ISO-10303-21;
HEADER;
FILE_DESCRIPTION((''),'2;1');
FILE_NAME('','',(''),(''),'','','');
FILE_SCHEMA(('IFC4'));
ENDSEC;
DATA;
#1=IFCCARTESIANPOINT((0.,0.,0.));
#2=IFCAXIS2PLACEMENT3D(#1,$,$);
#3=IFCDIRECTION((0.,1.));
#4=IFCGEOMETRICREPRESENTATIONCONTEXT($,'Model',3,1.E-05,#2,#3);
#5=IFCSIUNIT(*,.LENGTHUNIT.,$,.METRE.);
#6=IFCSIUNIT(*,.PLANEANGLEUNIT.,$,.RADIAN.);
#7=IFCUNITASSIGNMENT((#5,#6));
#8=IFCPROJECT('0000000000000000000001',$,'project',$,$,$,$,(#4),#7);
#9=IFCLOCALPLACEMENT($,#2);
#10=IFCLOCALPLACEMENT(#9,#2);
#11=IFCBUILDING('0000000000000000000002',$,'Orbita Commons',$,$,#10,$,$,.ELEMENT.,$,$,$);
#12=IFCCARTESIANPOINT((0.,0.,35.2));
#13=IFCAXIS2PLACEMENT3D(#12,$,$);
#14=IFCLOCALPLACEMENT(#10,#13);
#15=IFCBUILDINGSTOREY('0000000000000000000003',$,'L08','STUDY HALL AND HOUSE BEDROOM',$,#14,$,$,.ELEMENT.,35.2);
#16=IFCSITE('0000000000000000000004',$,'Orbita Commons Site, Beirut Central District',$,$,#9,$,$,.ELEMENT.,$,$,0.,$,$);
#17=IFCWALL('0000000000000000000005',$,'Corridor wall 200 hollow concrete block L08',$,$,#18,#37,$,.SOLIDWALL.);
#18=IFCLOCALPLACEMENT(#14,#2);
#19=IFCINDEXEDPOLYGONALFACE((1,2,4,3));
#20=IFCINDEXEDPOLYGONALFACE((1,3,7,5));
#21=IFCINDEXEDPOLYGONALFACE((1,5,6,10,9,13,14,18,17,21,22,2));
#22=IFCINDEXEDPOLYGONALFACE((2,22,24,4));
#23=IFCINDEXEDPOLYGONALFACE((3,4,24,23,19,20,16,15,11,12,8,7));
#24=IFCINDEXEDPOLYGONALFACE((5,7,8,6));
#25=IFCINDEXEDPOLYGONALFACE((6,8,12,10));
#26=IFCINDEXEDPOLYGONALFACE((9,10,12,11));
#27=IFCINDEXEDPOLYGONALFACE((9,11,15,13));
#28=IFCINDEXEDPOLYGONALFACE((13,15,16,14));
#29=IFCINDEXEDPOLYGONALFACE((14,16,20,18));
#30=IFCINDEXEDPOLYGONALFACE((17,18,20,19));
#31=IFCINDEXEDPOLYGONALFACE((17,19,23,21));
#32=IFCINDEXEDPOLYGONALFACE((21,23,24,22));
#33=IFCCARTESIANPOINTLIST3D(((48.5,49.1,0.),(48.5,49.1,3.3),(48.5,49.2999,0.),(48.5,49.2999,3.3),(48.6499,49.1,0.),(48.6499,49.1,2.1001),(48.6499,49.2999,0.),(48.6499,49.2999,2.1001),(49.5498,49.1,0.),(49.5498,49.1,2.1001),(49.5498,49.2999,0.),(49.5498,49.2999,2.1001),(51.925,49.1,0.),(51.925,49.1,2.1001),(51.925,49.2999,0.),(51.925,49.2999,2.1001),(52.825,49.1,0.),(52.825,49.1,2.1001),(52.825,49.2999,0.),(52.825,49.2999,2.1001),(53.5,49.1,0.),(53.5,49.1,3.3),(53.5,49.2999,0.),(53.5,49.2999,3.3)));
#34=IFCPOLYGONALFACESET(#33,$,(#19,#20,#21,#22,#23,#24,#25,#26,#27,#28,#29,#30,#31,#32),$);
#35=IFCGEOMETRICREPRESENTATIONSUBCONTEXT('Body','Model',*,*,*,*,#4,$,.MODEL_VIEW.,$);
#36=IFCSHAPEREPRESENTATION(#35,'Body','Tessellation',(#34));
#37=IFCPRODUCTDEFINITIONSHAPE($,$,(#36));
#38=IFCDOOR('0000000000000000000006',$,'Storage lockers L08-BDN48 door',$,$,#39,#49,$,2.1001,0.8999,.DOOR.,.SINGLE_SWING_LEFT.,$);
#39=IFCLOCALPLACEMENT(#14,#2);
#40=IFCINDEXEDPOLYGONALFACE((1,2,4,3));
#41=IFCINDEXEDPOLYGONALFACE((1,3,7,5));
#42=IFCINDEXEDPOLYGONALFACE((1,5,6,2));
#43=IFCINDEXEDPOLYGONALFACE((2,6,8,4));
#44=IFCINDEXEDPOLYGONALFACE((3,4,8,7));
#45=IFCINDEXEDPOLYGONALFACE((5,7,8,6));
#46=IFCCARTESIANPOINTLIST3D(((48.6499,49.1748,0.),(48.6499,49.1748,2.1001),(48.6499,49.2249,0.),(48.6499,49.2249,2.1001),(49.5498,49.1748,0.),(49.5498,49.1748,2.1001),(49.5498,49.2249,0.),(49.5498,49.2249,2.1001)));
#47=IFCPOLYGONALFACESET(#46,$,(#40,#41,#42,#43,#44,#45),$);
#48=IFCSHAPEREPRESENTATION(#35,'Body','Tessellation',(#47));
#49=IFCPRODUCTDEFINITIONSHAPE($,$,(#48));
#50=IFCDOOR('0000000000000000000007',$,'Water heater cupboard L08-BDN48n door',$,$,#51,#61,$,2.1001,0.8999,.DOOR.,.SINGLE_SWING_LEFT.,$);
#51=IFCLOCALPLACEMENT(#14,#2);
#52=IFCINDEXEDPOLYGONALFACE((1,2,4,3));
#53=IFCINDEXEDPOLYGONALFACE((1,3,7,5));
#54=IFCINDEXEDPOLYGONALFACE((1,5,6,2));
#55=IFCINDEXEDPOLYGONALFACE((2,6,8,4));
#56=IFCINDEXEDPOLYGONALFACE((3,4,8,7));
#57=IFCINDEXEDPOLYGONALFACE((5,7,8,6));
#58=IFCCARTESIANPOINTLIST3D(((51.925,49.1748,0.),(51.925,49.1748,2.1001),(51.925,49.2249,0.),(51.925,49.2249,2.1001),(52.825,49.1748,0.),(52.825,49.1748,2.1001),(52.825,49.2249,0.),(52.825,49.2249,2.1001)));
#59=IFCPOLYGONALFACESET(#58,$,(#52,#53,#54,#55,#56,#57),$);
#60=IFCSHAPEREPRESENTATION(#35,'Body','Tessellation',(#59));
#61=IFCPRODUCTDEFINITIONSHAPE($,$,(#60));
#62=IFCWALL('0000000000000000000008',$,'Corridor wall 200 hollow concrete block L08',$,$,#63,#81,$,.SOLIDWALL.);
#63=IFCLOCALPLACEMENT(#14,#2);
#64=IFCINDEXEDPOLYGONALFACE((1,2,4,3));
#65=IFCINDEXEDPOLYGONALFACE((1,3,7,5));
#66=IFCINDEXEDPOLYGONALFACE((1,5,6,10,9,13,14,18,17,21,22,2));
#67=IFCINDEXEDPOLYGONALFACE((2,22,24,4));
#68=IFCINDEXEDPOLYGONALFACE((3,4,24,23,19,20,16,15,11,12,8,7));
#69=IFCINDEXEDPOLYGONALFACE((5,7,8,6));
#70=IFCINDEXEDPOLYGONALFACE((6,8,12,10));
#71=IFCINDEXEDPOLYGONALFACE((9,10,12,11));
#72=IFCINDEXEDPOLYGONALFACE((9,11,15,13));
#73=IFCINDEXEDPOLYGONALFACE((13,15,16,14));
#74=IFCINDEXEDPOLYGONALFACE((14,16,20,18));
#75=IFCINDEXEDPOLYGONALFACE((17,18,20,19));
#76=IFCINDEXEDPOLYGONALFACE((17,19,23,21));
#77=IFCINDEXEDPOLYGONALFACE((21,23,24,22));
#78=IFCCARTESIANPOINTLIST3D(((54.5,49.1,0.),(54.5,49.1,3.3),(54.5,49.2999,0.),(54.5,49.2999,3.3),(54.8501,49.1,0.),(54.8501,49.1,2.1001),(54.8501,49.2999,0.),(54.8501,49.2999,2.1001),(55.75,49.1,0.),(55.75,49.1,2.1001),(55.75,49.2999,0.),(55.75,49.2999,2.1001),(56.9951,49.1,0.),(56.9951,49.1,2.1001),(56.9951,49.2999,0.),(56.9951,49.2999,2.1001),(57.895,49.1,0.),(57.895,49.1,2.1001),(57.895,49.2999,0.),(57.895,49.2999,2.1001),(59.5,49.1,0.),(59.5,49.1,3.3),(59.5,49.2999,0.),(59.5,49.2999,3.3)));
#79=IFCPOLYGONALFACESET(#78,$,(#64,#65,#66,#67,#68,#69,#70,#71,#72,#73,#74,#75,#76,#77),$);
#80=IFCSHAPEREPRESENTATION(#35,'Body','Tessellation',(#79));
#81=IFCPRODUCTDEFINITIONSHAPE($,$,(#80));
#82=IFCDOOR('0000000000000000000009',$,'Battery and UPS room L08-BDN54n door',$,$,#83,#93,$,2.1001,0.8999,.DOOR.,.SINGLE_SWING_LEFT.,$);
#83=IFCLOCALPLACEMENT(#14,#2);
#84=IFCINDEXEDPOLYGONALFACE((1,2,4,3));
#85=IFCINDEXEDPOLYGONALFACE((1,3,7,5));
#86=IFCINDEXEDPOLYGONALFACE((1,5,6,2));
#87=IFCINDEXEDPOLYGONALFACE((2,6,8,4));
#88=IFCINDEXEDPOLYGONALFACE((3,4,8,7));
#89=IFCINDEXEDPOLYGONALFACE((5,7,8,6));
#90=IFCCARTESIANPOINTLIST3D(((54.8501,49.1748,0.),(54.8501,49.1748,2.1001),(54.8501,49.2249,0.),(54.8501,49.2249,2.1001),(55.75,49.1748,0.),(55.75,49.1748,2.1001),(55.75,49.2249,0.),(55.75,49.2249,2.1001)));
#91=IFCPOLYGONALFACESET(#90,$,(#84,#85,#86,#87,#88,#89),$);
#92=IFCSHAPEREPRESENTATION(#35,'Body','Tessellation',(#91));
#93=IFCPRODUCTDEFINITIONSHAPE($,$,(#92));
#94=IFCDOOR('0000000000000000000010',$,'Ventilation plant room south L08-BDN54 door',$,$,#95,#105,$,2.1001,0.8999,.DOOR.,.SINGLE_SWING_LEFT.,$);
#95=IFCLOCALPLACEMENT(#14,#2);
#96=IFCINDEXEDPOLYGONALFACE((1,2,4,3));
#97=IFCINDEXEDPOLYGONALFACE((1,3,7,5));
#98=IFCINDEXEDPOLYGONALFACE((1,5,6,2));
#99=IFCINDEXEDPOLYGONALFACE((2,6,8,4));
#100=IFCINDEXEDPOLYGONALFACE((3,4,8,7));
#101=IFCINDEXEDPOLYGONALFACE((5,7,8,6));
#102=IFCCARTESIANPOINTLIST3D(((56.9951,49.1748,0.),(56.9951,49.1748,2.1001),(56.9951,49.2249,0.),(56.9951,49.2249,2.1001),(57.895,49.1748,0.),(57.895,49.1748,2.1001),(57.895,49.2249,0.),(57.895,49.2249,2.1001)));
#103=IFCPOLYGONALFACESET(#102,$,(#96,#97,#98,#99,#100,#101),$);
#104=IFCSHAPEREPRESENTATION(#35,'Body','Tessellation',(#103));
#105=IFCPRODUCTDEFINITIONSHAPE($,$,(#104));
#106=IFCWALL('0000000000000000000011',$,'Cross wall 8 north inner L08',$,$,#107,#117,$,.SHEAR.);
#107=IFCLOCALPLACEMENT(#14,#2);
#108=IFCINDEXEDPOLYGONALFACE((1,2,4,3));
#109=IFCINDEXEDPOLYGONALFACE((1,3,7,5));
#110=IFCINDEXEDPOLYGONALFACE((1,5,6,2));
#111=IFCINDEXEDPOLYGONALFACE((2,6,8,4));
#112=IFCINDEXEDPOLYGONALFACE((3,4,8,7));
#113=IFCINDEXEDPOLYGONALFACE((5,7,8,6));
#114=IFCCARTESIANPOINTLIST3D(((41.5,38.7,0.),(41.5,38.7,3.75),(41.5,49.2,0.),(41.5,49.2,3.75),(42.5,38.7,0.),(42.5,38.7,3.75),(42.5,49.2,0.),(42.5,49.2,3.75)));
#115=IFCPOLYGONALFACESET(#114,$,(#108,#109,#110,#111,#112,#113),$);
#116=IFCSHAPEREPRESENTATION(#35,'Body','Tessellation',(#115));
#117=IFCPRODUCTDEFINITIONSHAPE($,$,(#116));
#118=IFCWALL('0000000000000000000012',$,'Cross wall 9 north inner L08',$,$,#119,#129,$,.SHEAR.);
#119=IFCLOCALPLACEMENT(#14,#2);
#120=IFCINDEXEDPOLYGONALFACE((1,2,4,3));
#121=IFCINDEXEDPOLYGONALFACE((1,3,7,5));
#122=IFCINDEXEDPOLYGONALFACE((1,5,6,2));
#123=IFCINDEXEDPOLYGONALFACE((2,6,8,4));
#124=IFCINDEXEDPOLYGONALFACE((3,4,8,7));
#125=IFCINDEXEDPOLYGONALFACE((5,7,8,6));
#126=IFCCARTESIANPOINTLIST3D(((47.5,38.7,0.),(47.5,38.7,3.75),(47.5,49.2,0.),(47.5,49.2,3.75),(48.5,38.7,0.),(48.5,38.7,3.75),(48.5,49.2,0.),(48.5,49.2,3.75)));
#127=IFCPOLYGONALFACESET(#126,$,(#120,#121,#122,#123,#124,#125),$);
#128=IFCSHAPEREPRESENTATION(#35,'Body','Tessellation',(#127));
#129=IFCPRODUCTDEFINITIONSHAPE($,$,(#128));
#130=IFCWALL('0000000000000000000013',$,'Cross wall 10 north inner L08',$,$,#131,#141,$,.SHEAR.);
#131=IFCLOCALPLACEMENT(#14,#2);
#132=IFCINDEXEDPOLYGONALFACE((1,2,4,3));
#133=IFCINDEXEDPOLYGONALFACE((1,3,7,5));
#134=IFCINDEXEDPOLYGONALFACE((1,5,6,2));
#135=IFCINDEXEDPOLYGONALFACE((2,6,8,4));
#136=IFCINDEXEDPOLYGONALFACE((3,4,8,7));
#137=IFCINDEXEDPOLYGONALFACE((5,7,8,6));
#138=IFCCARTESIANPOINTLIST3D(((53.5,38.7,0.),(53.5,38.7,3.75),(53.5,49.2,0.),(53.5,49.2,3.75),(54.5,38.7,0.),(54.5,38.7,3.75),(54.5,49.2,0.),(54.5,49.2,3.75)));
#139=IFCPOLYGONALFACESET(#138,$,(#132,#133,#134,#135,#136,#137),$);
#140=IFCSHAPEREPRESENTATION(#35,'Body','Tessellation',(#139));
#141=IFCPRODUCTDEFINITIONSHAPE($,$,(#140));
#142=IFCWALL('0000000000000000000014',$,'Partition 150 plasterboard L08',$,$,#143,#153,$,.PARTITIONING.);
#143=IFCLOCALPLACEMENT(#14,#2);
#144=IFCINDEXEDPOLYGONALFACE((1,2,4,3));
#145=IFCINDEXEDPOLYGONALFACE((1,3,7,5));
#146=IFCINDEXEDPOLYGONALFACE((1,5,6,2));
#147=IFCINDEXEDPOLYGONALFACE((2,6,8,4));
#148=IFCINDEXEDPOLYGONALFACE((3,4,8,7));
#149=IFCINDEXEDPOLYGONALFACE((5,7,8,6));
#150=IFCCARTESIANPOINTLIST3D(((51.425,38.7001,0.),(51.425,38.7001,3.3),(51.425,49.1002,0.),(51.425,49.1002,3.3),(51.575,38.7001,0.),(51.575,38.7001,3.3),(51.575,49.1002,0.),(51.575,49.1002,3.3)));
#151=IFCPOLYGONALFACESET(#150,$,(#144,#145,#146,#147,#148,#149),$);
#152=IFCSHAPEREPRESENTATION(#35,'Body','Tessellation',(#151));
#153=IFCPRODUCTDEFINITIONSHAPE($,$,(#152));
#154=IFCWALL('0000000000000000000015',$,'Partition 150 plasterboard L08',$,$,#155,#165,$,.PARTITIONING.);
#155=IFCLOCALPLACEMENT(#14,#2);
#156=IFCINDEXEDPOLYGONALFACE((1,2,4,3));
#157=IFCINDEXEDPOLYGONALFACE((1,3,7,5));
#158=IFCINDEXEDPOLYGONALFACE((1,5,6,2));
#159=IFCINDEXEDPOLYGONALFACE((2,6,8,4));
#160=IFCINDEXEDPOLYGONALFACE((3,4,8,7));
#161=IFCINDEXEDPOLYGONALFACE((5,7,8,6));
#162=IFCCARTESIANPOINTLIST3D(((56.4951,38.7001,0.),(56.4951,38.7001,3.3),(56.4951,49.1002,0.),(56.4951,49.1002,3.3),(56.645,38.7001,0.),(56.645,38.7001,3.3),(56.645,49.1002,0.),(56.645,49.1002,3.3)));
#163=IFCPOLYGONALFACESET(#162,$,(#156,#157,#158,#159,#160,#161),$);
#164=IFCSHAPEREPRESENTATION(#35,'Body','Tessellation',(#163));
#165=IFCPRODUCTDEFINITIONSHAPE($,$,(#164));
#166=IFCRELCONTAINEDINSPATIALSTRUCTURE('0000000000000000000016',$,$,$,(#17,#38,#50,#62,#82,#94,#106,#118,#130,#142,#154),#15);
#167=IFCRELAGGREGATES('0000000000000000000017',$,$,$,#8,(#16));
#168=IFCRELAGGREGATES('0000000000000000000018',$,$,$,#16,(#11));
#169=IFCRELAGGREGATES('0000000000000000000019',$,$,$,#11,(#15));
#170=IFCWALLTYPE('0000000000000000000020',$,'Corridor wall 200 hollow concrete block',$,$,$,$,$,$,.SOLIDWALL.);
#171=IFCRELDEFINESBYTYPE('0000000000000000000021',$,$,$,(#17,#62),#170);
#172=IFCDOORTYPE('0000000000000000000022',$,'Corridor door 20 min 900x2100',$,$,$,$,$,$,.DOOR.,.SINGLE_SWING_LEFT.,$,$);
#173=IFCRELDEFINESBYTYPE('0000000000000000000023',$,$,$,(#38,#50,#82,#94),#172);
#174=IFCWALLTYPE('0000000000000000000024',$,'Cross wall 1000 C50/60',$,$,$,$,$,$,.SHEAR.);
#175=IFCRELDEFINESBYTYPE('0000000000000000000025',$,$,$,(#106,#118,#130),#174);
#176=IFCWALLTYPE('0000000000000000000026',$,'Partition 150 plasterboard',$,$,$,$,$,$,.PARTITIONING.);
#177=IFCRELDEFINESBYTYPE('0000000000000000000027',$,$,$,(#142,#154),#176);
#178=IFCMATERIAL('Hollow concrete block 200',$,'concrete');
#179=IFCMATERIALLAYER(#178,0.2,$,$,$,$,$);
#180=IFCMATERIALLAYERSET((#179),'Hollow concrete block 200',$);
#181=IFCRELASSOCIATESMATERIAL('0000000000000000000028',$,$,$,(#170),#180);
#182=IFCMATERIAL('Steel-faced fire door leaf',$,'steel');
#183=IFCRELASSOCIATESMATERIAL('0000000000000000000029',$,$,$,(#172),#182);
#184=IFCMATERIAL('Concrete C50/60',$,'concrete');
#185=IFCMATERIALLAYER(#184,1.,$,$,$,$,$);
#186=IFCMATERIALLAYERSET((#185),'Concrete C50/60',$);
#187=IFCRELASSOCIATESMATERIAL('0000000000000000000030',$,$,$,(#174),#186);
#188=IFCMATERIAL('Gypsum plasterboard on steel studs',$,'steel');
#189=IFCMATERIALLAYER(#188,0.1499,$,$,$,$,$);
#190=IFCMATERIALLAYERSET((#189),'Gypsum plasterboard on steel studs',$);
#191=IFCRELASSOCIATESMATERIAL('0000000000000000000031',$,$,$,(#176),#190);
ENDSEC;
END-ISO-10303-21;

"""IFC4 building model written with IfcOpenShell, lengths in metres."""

from ifc_helpers import new_model, si_unit, direction, frame, frame_2d, origin, place, context, subcontext, project, spatial, rectangle, extrude, material, layer, layer_set, type_object, element, fill, save


model = new_model("IFC4")

# Units and contexts
model_context = context("Model", 3, precision=1e-05, world=origin(), true_north=direction((0.0, 1.0)))
body_context = subcontext(model_context, "Body", "Model", "MODEL_VIEW")
ifc_project = project(units=[si_unit("LENGTHUNIT", "METRE"), si_unit("PLANEANGLEUNIT", "RADIAN")], contexts=[model_context])

# Site, building, storey
site_placement = place(None, origin())
site = spatial("IfcSite", under=ifc_project, at=site_placement, Name="Orbita Commons Site, Beirut Central District", CompositionType="ELEMENT", RefElevation=0.0)
building_placement = place(site_placement, origin())
building = spatial("IfcBuilding", under=site, at=building_placement, Name="Orbita Commons", CompositionType="ELEMENT")
storey_placement = place(building_placement, frame((0.0, 0.0, 35.2)))
storey = spatial("IfcBuildingStorey", under=building, at=storey_placement, Name="L08", Description="STUDY HALL AND HOUSE BEDROOM", CompositionType="ELEMENT", Elevation=35.2)

# Shared definitions
ifc_material_1 = material(Name="Hollow concrete block 200", Category="concrete")
ifc_layer_1 = layer(ifc_material_1, 0.2)
ifc_layer_set_1 = layer_set([ifc_layer_1], Name="Hollow concrete block 200")
wall_type_1 = type_object("IfcWallType", Name="Corridor wall 200 hollow concrete block", PredefinedType="SOLIDWALL", material=ifc_layer_set_1)

# Walls, openings, doors
wall_1_placement = place(storey_placement, frame((48.5, 49.2, 0.0), z_axis=(0.0, 0.0, 1.0), x_axis=(1.0, 0.0, 0.0)))
wall_1 = element("IfcWall", 1, at=wall_1_placement, inside=storey, type_object=wall_type_1, Name="Corridor wall 200 hollow concrete block L08", PredefinedType="SOLIDWALL", context=body_context, shape_type="SweptSolid", body=[
    extrude(rectangle(XDim=5.0, YDim=0.2, at=frame_2d((2.5, 0.0))), origin(), (0.0, 0.0, 1.0), 3.3),
])
opening_1_placement = place(wall_1_placement, frame((0.1499, 0.0, 0.0)))
opening_1 = element("IfcOpeningElement", 2, at=opening_1_placement, cuts=wall_1, PredefinedType="OPENING", context=body_context, shape_type="SweptSolid", body=[
    extrude(rectangle(XDim=0.8999, YDim=2.1001, at=frame_2d((0.45, 1.05))), frame((0.0, 0.1099, 0.0), z_axis=(0.0, -1.0, 0.0), x_axis=(1.0, 0.0, 0.0)), (0.0, 0.0, 1.0), 0.22),
])
opening_2_placement = place(wall_1_placement, frame((3.425, 0.0, 0.0)))
opening_2 = element("IfcOpeningElement", 3, at=opening_2_placement, cuts=wall_1, PredefinedType="OPENING", context=body_context, shape_type="SweptSolid", body=[
    extrude(rectangle(XDim=0.8999, YDim=2.1001, at=frame_2d((0.45, 1.05))), frame((0.0, 0.1099, 0.0), z_axis=(0.0, -1.0, 0.0), x_axis=(1.0, 0.0, 0.0)), (0.0, 0.0, 1.0), 0.22),
])
ifc_material_2 = material(Name="Steel-faced fire door leaf", Category="steel")
door_type_1 = type_object("IfcDoorType", Name="Corridor door 20 min 900x2100", OperationType="SINGLE_SWING_LEFT", PredefinedType="DOOR", material=ifc_material_2)
door_1_placement = place(opening_1_placement, origin())
door_1 = element("IfcDoor", 4, at=door_1_placement, inside=storey, type_object=door_type_1, Name="Storage lockers L08-BDN48 door", OperationType="SINGLE_SWING_LEFT", OverallHeight=2.1001, OverallWidth=0.8999, PredefinedType="DOOR", context=body_context, shape_type="SweptSolid", body=[
    extrude(rectangle(XDim=0.8999, YDim=2.1001, at=frame_2d((0.45, 1.05))), frame((0.0, 0.0249, 0.0), z_axis=(0.0, -1.0, 0.0), x_axis=(1.0, 0.0, 0.0)), (0.0, 0.0, 1.0), 0.05),
])
fill(opening_1, door_1)
door_2_placement = place(opening_2_placement, origin())
door_2 = element("IfcDoor", 5, at=door_2_placement, inside=storey, type_object=door_type_1, Name="Water heater cupboard L08-BDN48n door", OperationType="SINGLE_SWING_LEFT", OverallHeight=2.1001, OverallWidth=0.8999, PredefinedType="DOOR", context=body_context, shape_type="SweptSolid", body=[
    extrude(rectangle(XDim=0.8999, YDim=2.1001, at=frame_2d((0.45, 1.05))), frame((0.0, 0.0249, 0.0), z_axis=(0.0, -1.0, 0.0), x_axis=(1.0, 0.0, 0.0)), (0.0, 0.0, 1.0), 0.05),
])
fill(opening_2, door_2)
wall_2_placement = place(storey_placement, frame((54.5, 49.2, 0.0), z_axis=(0.0, 0.0, 1.0), x_axis=(1.0, 0.0, 0.0)))
wall_2 = element("IfcWall", 6, at=wall_2_placement, inside=storey, type_object=wall_type_1, Name="Corridor wall 200 hollow concrete block L08", PredefinedType="SOLIDWALL", context=body_context, shape_type="SweptSolid", body=[
    extrude(rectangle(XDim=5.0, YDim=0.2, at=frame_2d((2.5, 0.0))), origin(), (0.0, 0.0, 1.0), 3.3),
])
opening_3_placement = place(wall_2_placement, frame((0.3501, 0.0, 0.0)))
opening_3 = element("IfcOpeningElement", 7, at=opening_3_placement, cuts=wall_2, PredefinedType="OPENING", context=body_context, shape_type="SweptSolid", body=[
    extrude(rectangle(XDim=0.8999, YDim=2.1001, at=frame_2d((0.45, 1.05))), frame((0.0, 0.1099, 0.0), z_axis=(0.0, -1.0, 0.0), x_axis=(1.0, 0.0, 0.0)), (0.0, 0.0, 1.0), 0.22),
])
opening_4_placement = place(wall_2_placement, frame((2.4951, 0.0, 0.0)))
opening_4 = element("IfcOpeningElement", 8, at=opening_4_placement, cuts=wall_2, PredefinedType="OPENING", context=body_context, shape_type="SweptSolid", body=[
    extrude(rectangle(XDim=0.8999, YDim=2.1001, at=frame_2d((0.45, 1.05))), frame((0.0, 0.1099, 0.0), z_axis=(0.0, -1.0, 0.0), x_axis=(1.0, 0.0, 0.0)), (0.0, 0.0, 1.0), 0.22),
])
door_3_placement = place(opening_3_placement, origin())
door_3 = element("IfcDoor", 9, at=door_3_placement, inside=storey, type_object=door_type_1, Name="Battery and UPS room L08-BDN54n door", OperationType="SINGLE_SWING_LEFT", OverallHeight=2.1001, OverallWidth=0.8999, PredefinedType="DOOR", context=body_context, shape_type="SweptSolid", body=[
    extrude(rectangle(XDim=0.8999, YDim=2.1001, at=frame_2d((0.45, 1.05))), frame((0.0, 0.0249, 0.0), z_axis=(0.0, -1.0, 0.0), x_axis=(1.0, 0.0, 0.0)), (0.0, 0.0, 1.0), 0.05),
])
fill(opening_3, door_3)
door_4_placement = place(opening_4_placement, origin())
door_4 = element("IfcDoor", 10, at=door_4_placement, inside=storey, type_object=door_type_1, Name="Ventilation plant room south L08-BDN54 door", OperationType="SINGLE_SWING_LEFT", OverallHeight=2.1001, OverallWidth=0.8999, PredefinedType="DOOR", context=body_context, shape_type="SweptSolid", body=[
    extrude(rectangle(XDim=0.8999, YDim=2.1001, at=frame_2d((0.45, 1.05))), frame((0.0, 0.0249, 0.0), z_axis=(0.0, -1.0, 0.0), x_axis=(1.0, 0.0, 0.0)), (0.0, 0.0, 1.0), 0.05),
])
fill(opening_4, door_4)

# Walls
ifc_material_3 = material(Name="Concrete C50/60", Category="concrete")
ifc_layer_2 = layer(ifc_material_3, 1.0)
ifc_layer_set_2 = layer_set([ifc_layer_2], Name="Concrete C50/60")
wall_type_2 = type_object("IfcWallType", Name="Cross wall 1000 C50/60", PredefinedType="SHEAR", material=ifc_layer_set_2)
for number, where, z_axis, x_axis, name in (
    (11, (42.0, 38.7, 0.0), (0.0, 0.0, 1.0), (0.0, 1.0, 0.0), "Cross wall 8 north inner L08"),
    (12, (48.0, 38.7, 0.0), (0.0, 0.0, 1.0), (0.0, 1.0, 0.0), "Cross wall 9 north inner L08"),
    (13, (54.0, 38.7, 0.0), (0.0, 0.0, 1.0), (0.0, 1.0, 0.0), "Cross wall 10 north inner L08"),
):
    element("IfcWall", number, at=place(storey_placement, frame(where, z_axis=z_axis, x_axis=x_axis)), inside=storey, type_object=wall_type_2, Name=name, PredefinedType="SHEAR", context=body_context, shape_type="SweptSolid", body=[
        extrude(rectangle(XDim=10.5, YDim=1.0, at=frame_2d((5.25, 0.0))), origin(), (0.0, 0.0, 1.0), 3.75),
    ])
ifc_material_4 = material(Name="Gypsum plasterboard on steel studs", Category="steel")
ifc_layer_3 = layer(ifc_material_4, 0.1499)
ifc_layer_set_3 = layer_set([ifc_layer_3], Name="Gypsum plasterboard on steel studs")
wall_type_3 = type_object("IfcWallType", Name="Partition 150 plasterboard", PredefinedType="PARTITIONING", material=ifc_layer_set_3)
for number, where, z_axis, x_axis, name in (
    (14, (51.5, 38.7, 0.0), (0.0, 0.0, 1.0), (0.0, 1.0, 0.0), "Partition 150 plasterboard L08"),
    (15, (56.5701, 38.7, 0.0), (0.0, 0.0, 1.0), (0.0, 1.0, 0.0), "Partition 150 plasterboard L08"),
):
    element("IfcWall", number, at=place(storey_placement, frame(where, z_axis=z_axis, x_axis=x_axis)), inside=storey, type_object=wall_type_3, Name=name, PredefinedType="PARTITIONING", context=body_context, shape_type="SweptSolid", body=[
        extrude(rectangle(XDim=10.4001, YDim=0.1499, at=frame_2d((5.2002, 0.0))), origin(), (0.0, 0.0, 1.0), 3.3),
    ])

save(model, "model.ifc")
